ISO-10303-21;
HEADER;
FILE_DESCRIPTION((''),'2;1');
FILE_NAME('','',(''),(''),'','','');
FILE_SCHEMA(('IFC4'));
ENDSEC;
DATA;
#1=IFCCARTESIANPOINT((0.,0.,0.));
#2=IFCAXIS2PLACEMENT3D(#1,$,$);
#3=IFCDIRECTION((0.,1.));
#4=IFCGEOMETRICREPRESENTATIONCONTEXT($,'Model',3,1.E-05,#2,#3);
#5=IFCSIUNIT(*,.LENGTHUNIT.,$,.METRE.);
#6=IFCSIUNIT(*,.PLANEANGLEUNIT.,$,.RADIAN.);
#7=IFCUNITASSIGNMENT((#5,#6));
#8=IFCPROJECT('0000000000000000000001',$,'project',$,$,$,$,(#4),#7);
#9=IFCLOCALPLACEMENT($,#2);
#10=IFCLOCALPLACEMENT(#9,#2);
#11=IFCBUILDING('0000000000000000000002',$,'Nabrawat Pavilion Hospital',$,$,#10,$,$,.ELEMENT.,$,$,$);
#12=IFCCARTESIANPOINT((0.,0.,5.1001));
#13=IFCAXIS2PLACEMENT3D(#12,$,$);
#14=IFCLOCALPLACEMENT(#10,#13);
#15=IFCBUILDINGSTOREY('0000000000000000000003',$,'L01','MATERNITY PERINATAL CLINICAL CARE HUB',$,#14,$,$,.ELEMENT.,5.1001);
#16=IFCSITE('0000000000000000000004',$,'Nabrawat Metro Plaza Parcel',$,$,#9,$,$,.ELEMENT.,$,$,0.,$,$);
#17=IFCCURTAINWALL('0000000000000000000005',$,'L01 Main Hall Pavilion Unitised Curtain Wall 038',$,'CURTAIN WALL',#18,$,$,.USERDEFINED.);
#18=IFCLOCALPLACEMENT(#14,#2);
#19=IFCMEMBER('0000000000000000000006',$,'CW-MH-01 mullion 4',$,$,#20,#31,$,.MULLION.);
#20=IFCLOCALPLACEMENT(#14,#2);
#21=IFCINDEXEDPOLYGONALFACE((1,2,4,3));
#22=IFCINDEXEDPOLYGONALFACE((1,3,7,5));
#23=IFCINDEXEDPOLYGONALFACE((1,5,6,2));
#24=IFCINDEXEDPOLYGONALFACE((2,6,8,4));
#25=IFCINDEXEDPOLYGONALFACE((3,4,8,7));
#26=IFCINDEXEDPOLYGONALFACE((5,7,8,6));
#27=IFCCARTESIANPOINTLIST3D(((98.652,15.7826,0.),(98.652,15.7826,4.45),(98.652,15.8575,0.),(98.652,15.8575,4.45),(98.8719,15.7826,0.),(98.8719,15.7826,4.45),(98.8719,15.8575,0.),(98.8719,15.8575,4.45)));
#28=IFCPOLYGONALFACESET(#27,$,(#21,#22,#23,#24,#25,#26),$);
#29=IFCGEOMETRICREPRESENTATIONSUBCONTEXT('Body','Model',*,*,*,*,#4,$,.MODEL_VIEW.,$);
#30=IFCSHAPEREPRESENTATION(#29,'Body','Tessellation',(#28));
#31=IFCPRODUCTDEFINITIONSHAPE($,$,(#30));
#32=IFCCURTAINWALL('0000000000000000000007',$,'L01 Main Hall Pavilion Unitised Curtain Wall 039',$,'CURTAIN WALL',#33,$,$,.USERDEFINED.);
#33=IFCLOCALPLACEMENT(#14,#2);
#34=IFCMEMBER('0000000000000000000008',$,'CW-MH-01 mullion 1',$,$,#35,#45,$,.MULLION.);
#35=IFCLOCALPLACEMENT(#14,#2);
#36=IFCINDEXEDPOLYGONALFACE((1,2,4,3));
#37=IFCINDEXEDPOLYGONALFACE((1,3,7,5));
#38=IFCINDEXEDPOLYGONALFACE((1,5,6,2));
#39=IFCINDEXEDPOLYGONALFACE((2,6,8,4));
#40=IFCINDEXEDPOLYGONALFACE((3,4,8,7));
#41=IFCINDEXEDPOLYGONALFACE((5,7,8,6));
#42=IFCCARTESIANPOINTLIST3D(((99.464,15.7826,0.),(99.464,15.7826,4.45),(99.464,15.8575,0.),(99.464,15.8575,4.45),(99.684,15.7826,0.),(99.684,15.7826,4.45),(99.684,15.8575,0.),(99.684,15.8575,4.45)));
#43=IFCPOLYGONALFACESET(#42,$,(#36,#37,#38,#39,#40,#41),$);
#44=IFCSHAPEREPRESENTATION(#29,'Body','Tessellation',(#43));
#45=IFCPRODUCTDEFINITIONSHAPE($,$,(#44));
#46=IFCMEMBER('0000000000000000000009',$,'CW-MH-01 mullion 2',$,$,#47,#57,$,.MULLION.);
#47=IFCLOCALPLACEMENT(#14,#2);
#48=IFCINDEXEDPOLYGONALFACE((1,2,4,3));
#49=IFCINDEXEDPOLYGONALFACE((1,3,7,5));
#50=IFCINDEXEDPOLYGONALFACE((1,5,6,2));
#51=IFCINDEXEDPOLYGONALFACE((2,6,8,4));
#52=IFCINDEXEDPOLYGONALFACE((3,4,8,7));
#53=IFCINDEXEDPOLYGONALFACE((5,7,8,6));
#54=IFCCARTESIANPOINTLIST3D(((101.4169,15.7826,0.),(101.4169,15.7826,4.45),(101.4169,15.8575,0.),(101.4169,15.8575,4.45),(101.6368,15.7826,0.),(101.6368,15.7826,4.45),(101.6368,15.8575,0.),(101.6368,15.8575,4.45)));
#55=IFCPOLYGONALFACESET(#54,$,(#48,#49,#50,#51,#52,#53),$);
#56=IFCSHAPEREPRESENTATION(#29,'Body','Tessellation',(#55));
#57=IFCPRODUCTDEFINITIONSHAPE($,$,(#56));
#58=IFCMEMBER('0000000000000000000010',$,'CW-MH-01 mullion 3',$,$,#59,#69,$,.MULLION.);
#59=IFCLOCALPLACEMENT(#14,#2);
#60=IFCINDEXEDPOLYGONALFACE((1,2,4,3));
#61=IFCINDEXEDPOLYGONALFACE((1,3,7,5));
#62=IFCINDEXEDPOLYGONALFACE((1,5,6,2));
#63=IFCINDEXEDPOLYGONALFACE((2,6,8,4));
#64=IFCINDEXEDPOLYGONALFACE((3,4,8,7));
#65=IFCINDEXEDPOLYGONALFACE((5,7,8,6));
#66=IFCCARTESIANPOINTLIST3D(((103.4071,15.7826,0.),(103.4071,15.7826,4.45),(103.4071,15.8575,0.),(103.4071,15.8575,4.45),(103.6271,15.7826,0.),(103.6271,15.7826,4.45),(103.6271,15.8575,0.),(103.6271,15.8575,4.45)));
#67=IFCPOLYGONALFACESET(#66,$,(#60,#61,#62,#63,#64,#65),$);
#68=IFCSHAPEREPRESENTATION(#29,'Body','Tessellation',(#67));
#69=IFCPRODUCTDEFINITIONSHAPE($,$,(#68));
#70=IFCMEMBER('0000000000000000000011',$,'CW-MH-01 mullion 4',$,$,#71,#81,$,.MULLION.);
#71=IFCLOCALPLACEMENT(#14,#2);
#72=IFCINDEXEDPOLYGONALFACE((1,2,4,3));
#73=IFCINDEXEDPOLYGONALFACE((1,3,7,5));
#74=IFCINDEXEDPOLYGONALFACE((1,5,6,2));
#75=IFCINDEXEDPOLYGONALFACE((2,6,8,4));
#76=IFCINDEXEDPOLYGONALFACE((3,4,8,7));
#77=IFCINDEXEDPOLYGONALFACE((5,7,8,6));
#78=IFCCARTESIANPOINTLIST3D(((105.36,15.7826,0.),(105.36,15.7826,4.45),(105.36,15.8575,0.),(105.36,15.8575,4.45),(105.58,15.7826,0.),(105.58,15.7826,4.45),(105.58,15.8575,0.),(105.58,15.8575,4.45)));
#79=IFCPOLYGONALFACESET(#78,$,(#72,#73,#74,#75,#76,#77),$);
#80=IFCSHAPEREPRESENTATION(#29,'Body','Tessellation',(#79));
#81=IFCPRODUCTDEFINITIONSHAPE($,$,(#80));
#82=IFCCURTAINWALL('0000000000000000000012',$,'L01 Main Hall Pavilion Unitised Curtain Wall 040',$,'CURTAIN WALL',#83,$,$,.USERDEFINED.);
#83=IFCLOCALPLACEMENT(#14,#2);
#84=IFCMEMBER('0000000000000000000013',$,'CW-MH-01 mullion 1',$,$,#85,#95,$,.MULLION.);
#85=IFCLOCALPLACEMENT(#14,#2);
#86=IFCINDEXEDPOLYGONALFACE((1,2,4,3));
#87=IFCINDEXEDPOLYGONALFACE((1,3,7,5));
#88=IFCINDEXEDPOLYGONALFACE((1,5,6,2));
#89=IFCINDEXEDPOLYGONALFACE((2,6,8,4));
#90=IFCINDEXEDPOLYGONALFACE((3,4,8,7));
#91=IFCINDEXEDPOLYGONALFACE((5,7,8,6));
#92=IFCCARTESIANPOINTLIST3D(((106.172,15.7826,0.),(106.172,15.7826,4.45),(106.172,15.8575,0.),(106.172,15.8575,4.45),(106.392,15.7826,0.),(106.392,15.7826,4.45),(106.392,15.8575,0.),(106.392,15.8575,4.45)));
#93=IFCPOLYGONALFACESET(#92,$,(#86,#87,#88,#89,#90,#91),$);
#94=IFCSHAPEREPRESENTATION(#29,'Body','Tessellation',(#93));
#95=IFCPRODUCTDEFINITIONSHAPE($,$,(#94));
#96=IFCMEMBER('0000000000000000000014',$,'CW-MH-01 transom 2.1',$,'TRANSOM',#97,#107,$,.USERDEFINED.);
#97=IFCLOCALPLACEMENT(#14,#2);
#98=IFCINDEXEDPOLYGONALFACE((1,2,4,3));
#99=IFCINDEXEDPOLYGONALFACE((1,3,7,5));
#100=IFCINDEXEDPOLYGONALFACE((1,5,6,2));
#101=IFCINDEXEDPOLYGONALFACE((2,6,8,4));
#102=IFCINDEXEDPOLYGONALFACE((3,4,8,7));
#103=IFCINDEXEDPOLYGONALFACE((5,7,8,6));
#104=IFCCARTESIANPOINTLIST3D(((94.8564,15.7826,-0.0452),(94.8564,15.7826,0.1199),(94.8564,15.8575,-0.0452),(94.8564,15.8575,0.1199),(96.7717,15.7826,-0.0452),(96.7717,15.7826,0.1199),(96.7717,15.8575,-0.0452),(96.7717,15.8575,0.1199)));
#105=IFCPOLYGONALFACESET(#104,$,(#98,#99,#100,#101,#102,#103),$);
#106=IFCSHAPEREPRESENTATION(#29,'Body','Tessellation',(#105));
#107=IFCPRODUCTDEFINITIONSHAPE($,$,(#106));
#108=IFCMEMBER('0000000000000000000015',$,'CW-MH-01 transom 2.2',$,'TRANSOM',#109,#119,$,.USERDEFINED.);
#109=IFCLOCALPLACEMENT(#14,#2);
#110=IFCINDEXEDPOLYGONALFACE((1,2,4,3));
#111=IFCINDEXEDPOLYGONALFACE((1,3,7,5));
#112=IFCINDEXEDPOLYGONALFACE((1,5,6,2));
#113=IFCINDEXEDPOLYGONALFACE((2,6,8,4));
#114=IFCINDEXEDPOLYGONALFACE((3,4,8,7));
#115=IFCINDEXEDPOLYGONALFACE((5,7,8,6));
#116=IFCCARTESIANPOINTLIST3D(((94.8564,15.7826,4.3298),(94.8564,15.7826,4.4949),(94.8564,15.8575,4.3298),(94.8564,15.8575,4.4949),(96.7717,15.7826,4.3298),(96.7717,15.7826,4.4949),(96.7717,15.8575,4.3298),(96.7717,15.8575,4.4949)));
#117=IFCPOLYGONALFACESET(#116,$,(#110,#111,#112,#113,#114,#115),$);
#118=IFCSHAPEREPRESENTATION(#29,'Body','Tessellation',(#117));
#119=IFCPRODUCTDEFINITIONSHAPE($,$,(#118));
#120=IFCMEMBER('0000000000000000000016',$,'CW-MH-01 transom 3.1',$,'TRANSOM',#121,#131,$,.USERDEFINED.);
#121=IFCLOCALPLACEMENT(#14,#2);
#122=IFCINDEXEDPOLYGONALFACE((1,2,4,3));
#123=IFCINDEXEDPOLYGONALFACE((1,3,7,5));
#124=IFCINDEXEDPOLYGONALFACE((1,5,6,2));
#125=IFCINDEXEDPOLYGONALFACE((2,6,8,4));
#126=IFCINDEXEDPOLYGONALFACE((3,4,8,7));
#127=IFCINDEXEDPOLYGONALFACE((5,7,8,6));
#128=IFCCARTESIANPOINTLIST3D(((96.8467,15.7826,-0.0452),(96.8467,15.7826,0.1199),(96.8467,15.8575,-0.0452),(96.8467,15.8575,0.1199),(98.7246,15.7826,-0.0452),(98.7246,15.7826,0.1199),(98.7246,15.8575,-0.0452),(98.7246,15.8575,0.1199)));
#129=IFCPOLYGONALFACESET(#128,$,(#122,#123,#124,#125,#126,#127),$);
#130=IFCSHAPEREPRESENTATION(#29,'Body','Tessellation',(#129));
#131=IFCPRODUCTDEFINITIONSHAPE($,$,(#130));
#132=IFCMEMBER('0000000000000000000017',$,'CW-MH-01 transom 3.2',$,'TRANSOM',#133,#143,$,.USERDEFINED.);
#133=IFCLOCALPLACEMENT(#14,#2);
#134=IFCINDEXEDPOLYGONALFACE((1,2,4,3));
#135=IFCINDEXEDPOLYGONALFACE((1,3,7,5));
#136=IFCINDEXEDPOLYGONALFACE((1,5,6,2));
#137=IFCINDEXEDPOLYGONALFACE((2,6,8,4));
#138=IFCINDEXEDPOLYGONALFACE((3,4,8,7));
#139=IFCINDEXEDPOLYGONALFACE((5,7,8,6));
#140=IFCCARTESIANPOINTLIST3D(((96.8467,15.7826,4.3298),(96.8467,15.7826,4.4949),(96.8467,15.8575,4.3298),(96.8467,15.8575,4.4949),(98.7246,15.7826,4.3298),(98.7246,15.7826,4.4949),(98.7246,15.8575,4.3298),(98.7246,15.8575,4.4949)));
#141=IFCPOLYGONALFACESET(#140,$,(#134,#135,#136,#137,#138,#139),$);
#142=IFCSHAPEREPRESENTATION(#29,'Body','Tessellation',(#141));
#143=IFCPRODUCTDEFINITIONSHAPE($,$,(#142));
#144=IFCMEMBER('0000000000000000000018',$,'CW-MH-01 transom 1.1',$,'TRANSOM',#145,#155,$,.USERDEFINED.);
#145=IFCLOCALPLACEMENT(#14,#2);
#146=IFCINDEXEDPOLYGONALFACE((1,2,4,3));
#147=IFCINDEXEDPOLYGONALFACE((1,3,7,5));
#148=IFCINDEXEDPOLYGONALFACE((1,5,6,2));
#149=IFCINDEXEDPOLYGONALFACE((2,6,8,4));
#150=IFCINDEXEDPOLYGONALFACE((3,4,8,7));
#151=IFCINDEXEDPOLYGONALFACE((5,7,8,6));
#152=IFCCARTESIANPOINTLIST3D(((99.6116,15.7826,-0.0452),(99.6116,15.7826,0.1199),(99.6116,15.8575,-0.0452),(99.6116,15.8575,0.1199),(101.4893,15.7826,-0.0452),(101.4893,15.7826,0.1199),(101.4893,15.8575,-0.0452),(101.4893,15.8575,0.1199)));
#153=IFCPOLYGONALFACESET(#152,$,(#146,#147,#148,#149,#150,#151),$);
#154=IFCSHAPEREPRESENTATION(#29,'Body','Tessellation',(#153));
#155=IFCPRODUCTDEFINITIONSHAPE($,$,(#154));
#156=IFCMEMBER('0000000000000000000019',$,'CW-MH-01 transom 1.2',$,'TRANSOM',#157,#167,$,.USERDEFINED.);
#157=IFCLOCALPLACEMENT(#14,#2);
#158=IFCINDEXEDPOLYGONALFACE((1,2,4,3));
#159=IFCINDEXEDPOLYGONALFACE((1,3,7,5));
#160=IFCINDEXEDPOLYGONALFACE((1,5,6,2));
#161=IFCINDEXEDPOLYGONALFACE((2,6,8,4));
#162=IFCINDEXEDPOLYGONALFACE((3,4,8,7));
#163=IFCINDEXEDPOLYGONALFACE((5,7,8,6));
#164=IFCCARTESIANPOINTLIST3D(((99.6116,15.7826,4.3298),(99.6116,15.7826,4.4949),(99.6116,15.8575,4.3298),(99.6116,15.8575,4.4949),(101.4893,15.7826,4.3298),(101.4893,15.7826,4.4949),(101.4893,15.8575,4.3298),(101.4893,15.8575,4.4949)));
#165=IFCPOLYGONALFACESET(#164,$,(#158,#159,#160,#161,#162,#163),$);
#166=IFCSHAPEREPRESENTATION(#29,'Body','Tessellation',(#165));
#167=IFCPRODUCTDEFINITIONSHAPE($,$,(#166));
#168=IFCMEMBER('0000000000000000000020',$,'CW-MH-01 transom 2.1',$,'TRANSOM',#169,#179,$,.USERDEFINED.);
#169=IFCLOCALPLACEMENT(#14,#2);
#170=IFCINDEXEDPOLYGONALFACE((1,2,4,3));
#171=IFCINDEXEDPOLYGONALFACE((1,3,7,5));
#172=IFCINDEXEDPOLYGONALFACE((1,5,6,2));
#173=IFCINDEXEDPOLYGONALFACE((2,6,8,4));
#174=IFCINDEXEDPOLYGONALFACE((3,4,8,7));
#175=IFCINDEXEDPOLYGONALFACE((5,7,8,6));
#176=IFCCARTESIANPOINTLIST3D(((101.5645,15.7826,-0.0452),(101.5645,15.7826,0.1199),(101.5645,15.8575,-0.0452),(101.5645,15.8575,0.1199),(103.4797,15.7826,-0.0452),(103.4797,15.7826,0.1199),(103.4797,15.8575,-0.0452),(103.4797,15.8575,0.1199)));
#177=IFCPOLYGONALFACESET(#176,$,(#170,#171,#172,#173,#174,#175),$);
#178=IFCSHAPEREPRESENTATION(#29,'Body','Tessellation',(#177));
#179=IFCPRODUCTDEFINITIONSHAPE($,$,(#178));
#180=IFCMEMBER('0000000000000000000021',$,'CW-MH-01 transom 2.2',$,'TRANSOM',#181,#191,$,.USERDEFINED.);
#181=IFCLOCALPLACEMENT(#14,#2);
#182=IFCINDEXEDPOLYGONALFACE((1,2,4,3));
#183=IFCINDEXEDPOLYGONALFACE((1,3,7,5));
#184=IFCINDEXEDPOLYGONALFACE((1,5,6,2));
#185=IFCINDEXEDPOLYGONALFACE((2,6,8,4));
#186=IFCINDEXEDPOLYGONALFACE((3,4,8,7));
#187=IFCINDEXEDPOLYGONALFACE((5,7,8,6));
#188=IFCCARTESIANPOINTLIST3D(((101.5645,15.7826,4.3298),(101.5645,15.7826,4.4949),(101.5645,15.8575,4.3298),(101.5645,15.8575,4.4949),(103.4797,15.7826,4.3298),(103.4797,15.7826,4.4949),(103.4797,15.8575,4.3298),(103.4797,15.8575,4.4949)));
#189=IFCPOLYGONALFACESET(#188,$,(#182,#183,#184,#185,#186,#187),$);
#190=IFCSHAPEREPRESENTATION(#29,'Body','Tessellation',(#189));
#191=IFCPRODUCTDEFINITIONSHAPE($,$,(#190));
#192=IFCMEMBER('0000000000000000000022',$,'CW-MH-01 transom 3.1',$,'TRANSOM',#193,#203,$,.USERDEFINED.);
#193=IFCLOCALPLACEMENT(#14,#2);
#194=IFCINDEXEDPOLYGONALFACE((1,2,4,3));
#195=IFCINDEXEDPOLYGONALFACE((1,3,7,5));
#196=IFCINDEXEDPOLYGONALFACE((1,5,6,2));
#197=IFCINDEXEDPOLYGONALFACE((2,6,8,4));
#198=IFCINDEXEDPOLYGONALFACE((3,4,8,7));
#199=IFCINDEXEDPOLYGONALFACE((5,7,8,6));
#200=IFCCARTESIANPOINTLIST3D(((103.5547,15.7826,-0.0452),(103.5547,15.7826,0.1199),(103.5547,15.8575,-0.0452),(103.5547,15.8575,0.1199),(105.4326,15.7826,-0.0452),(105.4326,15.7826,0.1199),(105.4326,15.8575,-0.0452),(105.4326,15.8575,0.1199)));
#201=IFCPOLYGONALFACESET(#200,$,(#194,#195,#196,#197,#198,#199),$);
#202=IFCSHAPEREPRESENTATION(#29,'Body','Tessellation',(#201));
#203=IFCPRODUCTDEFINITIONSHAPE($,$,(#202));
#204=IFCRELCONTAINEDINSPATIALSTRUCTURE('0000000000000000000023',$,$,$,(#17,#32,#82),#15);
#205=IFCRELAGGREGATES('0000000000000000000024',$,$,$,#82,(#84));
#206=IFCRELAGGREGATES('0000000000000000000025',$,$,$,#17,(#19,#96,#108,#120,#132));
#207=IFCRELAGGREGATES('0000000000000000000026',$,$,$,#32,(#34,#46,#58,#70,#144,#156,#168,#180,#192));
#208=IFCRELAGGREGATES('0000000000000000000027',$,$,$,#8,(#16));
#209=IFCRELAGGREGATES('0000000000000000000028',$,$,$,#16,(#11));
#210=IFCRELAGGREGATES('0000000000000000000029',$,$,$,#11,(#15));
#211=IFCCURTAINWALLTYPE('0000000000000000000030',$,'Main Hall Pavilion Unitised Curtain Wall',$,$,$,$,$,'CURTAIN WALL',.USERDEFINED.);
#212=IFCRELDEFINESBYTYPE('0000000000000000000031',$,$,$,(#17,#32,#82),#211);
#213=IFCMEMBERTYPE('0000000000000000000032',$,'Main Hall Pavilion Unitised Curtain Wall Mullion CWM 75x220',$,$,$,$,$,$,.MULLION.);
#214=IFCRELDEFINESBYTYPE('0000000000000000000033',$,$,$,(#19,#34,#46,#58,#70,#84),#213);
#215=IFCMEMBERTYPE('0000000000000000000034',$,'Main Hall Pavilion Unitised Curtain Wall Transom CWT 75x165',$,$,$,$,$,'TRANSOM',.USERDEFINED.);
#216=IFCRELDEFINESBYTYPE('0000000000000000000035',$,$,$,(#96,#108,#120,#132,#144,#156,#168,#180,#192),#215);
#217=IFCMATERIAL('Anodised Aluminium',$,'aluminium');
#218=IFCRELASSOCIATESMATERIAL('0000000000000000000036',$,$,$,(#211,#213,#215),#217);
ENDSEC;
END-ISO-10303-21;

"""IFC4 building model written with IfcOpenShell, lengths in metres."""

from ifc_helpers import new_model, si_unit, direction, frame, origin, origin_2d, place, context, subcontext, project, spatial, rectangle, extrude, material, material_profile, profile_set, type_object, element, aggregate, save


model = new_model("IFC4")

# Units and contexts
model_context = context("Model", 3, precision=1e-05, world=origin(), true_north=direction((0.0, 1.0)))
body_context = subcontext(model_context, "Body", "Model", "MODEL_VIEW")
ifc_project = project(units=[si_unit("LENGTHUNIT", "METRE"), si_unit("PLANEANGLEUNIT", "RADIAN")], contexts=[model_context])

# Site, building, storey
site_placement = place(None, origin())
site = spatial("IfcSite", under=ifc_project, at=site_placement, Name="Nabrawat Metro Plaza Parcel", CompositionType="ELEMENT", RefElevation=0.0)
building_placement = place(site_placement, origin())
building = spatial("IfcBuilding", under=site, at=building_placement, Name="Nabrawat Pavilion Hospital", CompositionType="ELEMENT")
storey_placement = place(building_placement, frame((0.0, 0.0, 5.1001)))
storey = spatial("IfcBuildingStorey", under=building, at=storey_placement, Name="L01", Description="MATERNITY PERINATAL CLINICAL CARE HUB", CompositionType="ELEMENT", Elevation=5.1001)

# Curtain walls, members
ifc_material_1 = material(Name="Anodised Aluminium", Category="aluminium")
curtain_wall_type = type_object("IfcCurtainWallType", Name="Main Hall Pavilion Unitised Curtain Wall", ElementType="CURTAIN WALL", PredefinedType="USERDEFINED", material=ifc_material_1)
curtain_wall_1_placement = place(storey_placement, origin())
curtain_wall_1 = element("IfcCurtainWall", 1, at=curtain_wall_1_placement, inside=storey, type_object=curtain_wall_type, Name="L01 Main Hall Pavilion Unitised Curtain Wall 038", ObjectType="CURTAIN WALL", PredefinedType="USERDEFINED")
ifc_material_profile_1 = material_profile(ifc_material_1, rectangle(XDim=0.075, YDim=0.22, at=origin_2d()), Name="CWM 75x220")
ifc_profile_set_1 = profile_set([ifc_material_profile_1], Name="Anodised Aluminium")
member_type_1 = type_object("IfcMemberType", Name="Main Hall Pavilion Unitised Curtain Wall Mullion CWM 75x220", PredefinedType="MULLION", material=ifc_profile_set_1)
member_1_placement = place(storey_placement, frame((98.762, 15.8201, 0.0), z_axis=(0.0, 0.0, 1.0), x_axis=(0.0, 1.0, 0.0)))
member_1 = element("IfcMember", 2, at=member_1_placement, type_object=member_type_1, Name="CW-MH-01 mullion 4", PredefinedType="MULLION", context=body_context, shape_type="SweptSolid", body=[
    extrude(rectangle(XDim=0.075, YDim=0.22, at=origin_2d()), origin(), (0.0, 0.0, 1.0), 4.45),
])
curtain_wall_2_placement = place(storey_placement, origin())
curtain_wall_2 = element("IfcCurtainWall", 3, at=curtain_wall_2_placement, inside=storey, type_object=curtain_wall_type, Name="L01 Main Hall Pavilion Unitised Curtain Wall 039", ObjectType="CURTAIN WALL", PredefinedType="USERDEFINED")
member_2_placement = place(storey_placement, frame((99.574, 15.8201, 0.0), z_axis=(0.0, 0.0, 1.0), x_axis=(0.0, 1.0, 0.0)))
member_2 = element("IfcMember", 4, at=member_2_placement, type_object=member_type_1, Name="CW-MH-01 mullion 1", PredefinedType="MULLION", context=body_context, shape_type="SweptSolid", body=[
    extrude(rectangle(XDim=0.075, YDim=0.22, at=origin_2d()), origin(), (0.0, 0.0, 1.0), 4.45),
])
member_3_placement = place(storey_placement, frame((101.5269, 15.8201, 0.0), z_axis=(0.0, 0.0, 1.0), x_axis=(0.0, 1.0, 0.0)))
member_3 = element("IfcMember", 5, at=member_3_placement, type_object=member_type_1, Name="CW-MH-01 mullion 2", PredefinedType="MULLION", context=body_context, shape_type="SweptSolid", body=[
    extrude(rectangle(XDim=0.075, YDim=0.22, at=origin_2d()), origin(), (0.0, 0.0, 1.0), 4.45),
])
member_4_placement = place(storey_placement, frame((103.5171, 15.8201, 0.0), z_axis=(0.0, 0.0, 1.0), x_axis=(0.0, 1.0, 0.0)))
member_4 = element("IfcMember", 6, at=member_4_placement, type_object=member_type_1, Name="CW-MH-01 mullion 3", PredefinedType="MULLION", context=body_context, shape_type="SweptSolid", body=[
    extrude(rectangle(XDim=0.075, YDim=0.22, at=origin_2d()), origin(), (0.0, 0.0, 1.0), 4.45),
])
member_5_placement = place(storey_placement, frame((105.47, 15.8201, 0.0), z_axis=(0.0, 0.0, 1.0), x_axis=(0.0, 1.0, 0.0)))
member_5 = element("IfcMember", 7, at=member_5_placement, type_object=member_type_1, Name="CW-MH-01 mullion 4", PredefinedType="MULLION", context=body_context, shape_type="SweptSolid", body=[
    extrude(rectangle(XDim=0.075, YDim=0.22, at=origin_2d()), origin(), (0.0, 0.0, 1.0), 4.45),
])

# Curtain wall, member
curtain_wall_3_placement = place(storey_placement, origin())
curtain_wall_3 = element("IfcCurtainWall", 8, at=curtain_wall_3_placement, inside=storey, type_object=curtain_wall_type, Name="L01 Main Hall Pavilion Unitised Curtain Wall 040", ObjectType="CURTAIN WALL", PredefinedType="USERDEFINED")
member_6_placement = place(storey_placement, frame((106.282, 15.8201, 0.0), z_axis=(0.0, 0.0, 1.0), x_axis=(0.0, 1.0, 0.0)))
member_6 = element("IfcMember", 9, at=member_6_placement, type_object=member_type_1, Name="CW-MH-01 mullion 1", PredefinedType="MULLION", context=body_context, shape_type="SweptSolid", body=[
    extrude(rectangle(XDim=0.075, YDim=0.22, at=origin_2d()), origin(), (0.0, 0.0, 1.0), 4.45),
])

# Members
ifc_material_profile_2 = material_profile(ifc_material_1, rectangle(XDim=0.075, YDim=0.165, at=origin_2d()), Name="CWT 75x165")
ifc_profile_set_2 = profile_set([ifc_material_profile_2], Name="Anodised Aluminium")
member_type_2 = type_object("IfcMemberType", Name="Main Hall Pavilion Unitised Curtain Wall Transom CWT 75x165", ElementType="TRANSOM", PredefinedType="USERDEFINED", material=ifc_profile_set_2)
member_7_placement = place(storey_placement, frame((94.8564, 15.8201, 0.0374), z_axis=(1.0, 0.0, 0.0), x_axis=(0.0, 1.0, 0.0)))
member_7 = element("IfcMember", 10, at=member_7_placement, type_object=member_type_2, Name="CW-MH-01 transom 2.1", ObjectType="TRANSOM", PredefinedType="USERDEFINED", context=body_context, shape_type="SweptSolid", body=[
    extrude(rectangle(XDim=0.075, YDim=0.165, at=origin_2d()), origin(), (0.0, 0.0, 1.0), 1.9153),
])
member_8_placement = place(storey_placement, frame((94.8564, 15.8201, 4.4124), z_axis=(1.0, 0.0, 0.0), x_axis=(0.0, 1.0, 0.0)))
member_8 = element("IfcMember", 11, at=member_8_placement, type_object=member_type_2, Name="CW-MH-01 transom 2.2", ObjectType="TRANSOM", PredefinedType="USERDEFINED", context=body_context, shape_type="SweptSolid", body=[
    extrude(rectangle(XDim=0.075, YDim=0.165, at=origin_2d()), origin(), (0.0, 0.0, 1.0), 1.9153),
])
member_9_placement = place(storey_placement, frame((96.8467, 15.8201, 0.0374), z_axis=(1.0, 0.0, 0.0), x_axis=(0.0, 1.0, 0.0)))
member_9 = element("IfcMember", 12, at=member_9_placement, type_object=member_type_2, Name="CW-MH-01 transom 3.1", ObjectType="TRANSOM", PredefinedType="USERDEFINED", context=body_context, shape_type="SweptSolid", body=[
    extrude(rectangle(XDim=0.075, YDim=0.165, at=origin_2d()), origin(), (0.0, 0.0, 1.0), 1.8779),
])
member_10_placement = place(storey_placement, frame((96.8467, 15.8201, 4.4124), z_axis=(1.0, 0.0, 0.0), x_axis=(0.0, 1.0, 0.0)))
member_10 = element("IfcMember", 13, at=member_10_placement, type_object=member_type_2, Name="CW-MH-01 transom 3.2", ObjectType="TRANSOM", PredefinedType="USERDEFINED", context=body_context, shape_type="SweptSolid", body=[
    extrude(rectangle(XDim=0.075, YDim=0.165, at=origin_2d()), origin(), (0.0, 0.0, 1.0), 1.8779),
])
member_11_placement = place(storey_placement, frame((99.6116, 15.8201, 0.0374), z_axis=(1.0, 0.0, 0.0), x_axis=(0.0, 1.0, 0.0)))
member_11 = element("IfcMember", 14, at=member_11_placement, type_object=member_type_2, Name="CW-MH-01 transom 1.1", ObjectType="TRANSOM", PredefinedType="USERDEFINED", context=body_context, shape_type="SweptSolid", body=[
    extrude(rectangle(XDim=0.075, YDim=0.165, at=origin_2d()), origin(), (0.0, 0.0, 1.0), 1.8777),
])
member_12_placement = place(storey_placement, frame((99.6116, 15.8201, 4.4124), z_axis=(1.0, 0.0, 0.0), x_axis=(0.0, 1.0, 0.0)))
member_12 = element("IfcMember", 15, at=member_12_placement, type_object=member_type_2, Name="CW-MH-01 transom 1.2", ObjectType="TRANSOM", PredefinedType="USERDEFINED", context=body_context, shape_type="SweptSolid", body=[
    extrude(rectangle(XDim=0.075, YDim=0.165, at=origin_2d()), origin(), (0.0, 0.0, 1.0), 1.8777),
])
member_13_placement = place(storey_placement, frame((101.5645, 15.8201, 0.0374), z_axis=(1.0, 0.0, 0.0), x_axis=(0.0, 1.0, 0.0)))
member_13 = element("IfcMember", 16, at=member_13_placement, type_object=member_type_2, Name="CW-MH-01 transom 2.1", ObjectType="TRANSOM", PredefinedType="USERDEFINED", context=body_context, shape_type="SweptSolid", body=[
    extrude(rectangle(XDim=0.075, YDim=0.165, at=origin_2d()), origin(), (0.0, 0.0, 1.0), 1.9153),
])
member_14_placement = place(storey_placement, frame((101.5645, 15.8201, 4.4124), z_axis=(1.0, 0.0, 0.0), x_axis=(0.0, 1.0, 0.0)))
member_14 = element("IfcMember", 17, at=member_14_placement, type_object=member_type_2, Name="CW-MH-01 transom 2.2", ObjectType="TRANSOM", PredefinedType="USERDEFINED", context=body_context, shape_type="SweptSolid", body=[
    extrude(rectangle(XDim=0.075, YDim=0.165, at=origin_2d()), origin(), (0.0, 0.0, 1.0), 1.9153),
])
member_15_placement = place(storey_placement, frame((103.5547, 15.8201, 0.0374), z_axis=(1.0, 0.0, 0.0), x_axis=(0.0, 1.0, 0.0)))
member_15 = element("IfcMember", 18, at=member_15_placement, type_object=member_type_2, Name="CW-MH-01 transom 3.1", ObjectType="TRANSOM", PredefinedType="USERDEFINED", context=body_context, shape_type="SweptSolid", body=[
    extrude(rectangle(XDim=0.075, YDim=0.165, at=origin_2d()), origin(), (0.0, 0.0, 1.0), 1.8779),
])
aggregate(curtain_wall_3, [member_6])

aggregate(curtain_wall_1, [member_1, member_7, member_8, member_9, member_10])
aggregate(curtain_wall_2, [member_2, member_3, member_4, member_5, member_11, member_12, member_13, member_14, member_15])

save(model, "model.ifc")
